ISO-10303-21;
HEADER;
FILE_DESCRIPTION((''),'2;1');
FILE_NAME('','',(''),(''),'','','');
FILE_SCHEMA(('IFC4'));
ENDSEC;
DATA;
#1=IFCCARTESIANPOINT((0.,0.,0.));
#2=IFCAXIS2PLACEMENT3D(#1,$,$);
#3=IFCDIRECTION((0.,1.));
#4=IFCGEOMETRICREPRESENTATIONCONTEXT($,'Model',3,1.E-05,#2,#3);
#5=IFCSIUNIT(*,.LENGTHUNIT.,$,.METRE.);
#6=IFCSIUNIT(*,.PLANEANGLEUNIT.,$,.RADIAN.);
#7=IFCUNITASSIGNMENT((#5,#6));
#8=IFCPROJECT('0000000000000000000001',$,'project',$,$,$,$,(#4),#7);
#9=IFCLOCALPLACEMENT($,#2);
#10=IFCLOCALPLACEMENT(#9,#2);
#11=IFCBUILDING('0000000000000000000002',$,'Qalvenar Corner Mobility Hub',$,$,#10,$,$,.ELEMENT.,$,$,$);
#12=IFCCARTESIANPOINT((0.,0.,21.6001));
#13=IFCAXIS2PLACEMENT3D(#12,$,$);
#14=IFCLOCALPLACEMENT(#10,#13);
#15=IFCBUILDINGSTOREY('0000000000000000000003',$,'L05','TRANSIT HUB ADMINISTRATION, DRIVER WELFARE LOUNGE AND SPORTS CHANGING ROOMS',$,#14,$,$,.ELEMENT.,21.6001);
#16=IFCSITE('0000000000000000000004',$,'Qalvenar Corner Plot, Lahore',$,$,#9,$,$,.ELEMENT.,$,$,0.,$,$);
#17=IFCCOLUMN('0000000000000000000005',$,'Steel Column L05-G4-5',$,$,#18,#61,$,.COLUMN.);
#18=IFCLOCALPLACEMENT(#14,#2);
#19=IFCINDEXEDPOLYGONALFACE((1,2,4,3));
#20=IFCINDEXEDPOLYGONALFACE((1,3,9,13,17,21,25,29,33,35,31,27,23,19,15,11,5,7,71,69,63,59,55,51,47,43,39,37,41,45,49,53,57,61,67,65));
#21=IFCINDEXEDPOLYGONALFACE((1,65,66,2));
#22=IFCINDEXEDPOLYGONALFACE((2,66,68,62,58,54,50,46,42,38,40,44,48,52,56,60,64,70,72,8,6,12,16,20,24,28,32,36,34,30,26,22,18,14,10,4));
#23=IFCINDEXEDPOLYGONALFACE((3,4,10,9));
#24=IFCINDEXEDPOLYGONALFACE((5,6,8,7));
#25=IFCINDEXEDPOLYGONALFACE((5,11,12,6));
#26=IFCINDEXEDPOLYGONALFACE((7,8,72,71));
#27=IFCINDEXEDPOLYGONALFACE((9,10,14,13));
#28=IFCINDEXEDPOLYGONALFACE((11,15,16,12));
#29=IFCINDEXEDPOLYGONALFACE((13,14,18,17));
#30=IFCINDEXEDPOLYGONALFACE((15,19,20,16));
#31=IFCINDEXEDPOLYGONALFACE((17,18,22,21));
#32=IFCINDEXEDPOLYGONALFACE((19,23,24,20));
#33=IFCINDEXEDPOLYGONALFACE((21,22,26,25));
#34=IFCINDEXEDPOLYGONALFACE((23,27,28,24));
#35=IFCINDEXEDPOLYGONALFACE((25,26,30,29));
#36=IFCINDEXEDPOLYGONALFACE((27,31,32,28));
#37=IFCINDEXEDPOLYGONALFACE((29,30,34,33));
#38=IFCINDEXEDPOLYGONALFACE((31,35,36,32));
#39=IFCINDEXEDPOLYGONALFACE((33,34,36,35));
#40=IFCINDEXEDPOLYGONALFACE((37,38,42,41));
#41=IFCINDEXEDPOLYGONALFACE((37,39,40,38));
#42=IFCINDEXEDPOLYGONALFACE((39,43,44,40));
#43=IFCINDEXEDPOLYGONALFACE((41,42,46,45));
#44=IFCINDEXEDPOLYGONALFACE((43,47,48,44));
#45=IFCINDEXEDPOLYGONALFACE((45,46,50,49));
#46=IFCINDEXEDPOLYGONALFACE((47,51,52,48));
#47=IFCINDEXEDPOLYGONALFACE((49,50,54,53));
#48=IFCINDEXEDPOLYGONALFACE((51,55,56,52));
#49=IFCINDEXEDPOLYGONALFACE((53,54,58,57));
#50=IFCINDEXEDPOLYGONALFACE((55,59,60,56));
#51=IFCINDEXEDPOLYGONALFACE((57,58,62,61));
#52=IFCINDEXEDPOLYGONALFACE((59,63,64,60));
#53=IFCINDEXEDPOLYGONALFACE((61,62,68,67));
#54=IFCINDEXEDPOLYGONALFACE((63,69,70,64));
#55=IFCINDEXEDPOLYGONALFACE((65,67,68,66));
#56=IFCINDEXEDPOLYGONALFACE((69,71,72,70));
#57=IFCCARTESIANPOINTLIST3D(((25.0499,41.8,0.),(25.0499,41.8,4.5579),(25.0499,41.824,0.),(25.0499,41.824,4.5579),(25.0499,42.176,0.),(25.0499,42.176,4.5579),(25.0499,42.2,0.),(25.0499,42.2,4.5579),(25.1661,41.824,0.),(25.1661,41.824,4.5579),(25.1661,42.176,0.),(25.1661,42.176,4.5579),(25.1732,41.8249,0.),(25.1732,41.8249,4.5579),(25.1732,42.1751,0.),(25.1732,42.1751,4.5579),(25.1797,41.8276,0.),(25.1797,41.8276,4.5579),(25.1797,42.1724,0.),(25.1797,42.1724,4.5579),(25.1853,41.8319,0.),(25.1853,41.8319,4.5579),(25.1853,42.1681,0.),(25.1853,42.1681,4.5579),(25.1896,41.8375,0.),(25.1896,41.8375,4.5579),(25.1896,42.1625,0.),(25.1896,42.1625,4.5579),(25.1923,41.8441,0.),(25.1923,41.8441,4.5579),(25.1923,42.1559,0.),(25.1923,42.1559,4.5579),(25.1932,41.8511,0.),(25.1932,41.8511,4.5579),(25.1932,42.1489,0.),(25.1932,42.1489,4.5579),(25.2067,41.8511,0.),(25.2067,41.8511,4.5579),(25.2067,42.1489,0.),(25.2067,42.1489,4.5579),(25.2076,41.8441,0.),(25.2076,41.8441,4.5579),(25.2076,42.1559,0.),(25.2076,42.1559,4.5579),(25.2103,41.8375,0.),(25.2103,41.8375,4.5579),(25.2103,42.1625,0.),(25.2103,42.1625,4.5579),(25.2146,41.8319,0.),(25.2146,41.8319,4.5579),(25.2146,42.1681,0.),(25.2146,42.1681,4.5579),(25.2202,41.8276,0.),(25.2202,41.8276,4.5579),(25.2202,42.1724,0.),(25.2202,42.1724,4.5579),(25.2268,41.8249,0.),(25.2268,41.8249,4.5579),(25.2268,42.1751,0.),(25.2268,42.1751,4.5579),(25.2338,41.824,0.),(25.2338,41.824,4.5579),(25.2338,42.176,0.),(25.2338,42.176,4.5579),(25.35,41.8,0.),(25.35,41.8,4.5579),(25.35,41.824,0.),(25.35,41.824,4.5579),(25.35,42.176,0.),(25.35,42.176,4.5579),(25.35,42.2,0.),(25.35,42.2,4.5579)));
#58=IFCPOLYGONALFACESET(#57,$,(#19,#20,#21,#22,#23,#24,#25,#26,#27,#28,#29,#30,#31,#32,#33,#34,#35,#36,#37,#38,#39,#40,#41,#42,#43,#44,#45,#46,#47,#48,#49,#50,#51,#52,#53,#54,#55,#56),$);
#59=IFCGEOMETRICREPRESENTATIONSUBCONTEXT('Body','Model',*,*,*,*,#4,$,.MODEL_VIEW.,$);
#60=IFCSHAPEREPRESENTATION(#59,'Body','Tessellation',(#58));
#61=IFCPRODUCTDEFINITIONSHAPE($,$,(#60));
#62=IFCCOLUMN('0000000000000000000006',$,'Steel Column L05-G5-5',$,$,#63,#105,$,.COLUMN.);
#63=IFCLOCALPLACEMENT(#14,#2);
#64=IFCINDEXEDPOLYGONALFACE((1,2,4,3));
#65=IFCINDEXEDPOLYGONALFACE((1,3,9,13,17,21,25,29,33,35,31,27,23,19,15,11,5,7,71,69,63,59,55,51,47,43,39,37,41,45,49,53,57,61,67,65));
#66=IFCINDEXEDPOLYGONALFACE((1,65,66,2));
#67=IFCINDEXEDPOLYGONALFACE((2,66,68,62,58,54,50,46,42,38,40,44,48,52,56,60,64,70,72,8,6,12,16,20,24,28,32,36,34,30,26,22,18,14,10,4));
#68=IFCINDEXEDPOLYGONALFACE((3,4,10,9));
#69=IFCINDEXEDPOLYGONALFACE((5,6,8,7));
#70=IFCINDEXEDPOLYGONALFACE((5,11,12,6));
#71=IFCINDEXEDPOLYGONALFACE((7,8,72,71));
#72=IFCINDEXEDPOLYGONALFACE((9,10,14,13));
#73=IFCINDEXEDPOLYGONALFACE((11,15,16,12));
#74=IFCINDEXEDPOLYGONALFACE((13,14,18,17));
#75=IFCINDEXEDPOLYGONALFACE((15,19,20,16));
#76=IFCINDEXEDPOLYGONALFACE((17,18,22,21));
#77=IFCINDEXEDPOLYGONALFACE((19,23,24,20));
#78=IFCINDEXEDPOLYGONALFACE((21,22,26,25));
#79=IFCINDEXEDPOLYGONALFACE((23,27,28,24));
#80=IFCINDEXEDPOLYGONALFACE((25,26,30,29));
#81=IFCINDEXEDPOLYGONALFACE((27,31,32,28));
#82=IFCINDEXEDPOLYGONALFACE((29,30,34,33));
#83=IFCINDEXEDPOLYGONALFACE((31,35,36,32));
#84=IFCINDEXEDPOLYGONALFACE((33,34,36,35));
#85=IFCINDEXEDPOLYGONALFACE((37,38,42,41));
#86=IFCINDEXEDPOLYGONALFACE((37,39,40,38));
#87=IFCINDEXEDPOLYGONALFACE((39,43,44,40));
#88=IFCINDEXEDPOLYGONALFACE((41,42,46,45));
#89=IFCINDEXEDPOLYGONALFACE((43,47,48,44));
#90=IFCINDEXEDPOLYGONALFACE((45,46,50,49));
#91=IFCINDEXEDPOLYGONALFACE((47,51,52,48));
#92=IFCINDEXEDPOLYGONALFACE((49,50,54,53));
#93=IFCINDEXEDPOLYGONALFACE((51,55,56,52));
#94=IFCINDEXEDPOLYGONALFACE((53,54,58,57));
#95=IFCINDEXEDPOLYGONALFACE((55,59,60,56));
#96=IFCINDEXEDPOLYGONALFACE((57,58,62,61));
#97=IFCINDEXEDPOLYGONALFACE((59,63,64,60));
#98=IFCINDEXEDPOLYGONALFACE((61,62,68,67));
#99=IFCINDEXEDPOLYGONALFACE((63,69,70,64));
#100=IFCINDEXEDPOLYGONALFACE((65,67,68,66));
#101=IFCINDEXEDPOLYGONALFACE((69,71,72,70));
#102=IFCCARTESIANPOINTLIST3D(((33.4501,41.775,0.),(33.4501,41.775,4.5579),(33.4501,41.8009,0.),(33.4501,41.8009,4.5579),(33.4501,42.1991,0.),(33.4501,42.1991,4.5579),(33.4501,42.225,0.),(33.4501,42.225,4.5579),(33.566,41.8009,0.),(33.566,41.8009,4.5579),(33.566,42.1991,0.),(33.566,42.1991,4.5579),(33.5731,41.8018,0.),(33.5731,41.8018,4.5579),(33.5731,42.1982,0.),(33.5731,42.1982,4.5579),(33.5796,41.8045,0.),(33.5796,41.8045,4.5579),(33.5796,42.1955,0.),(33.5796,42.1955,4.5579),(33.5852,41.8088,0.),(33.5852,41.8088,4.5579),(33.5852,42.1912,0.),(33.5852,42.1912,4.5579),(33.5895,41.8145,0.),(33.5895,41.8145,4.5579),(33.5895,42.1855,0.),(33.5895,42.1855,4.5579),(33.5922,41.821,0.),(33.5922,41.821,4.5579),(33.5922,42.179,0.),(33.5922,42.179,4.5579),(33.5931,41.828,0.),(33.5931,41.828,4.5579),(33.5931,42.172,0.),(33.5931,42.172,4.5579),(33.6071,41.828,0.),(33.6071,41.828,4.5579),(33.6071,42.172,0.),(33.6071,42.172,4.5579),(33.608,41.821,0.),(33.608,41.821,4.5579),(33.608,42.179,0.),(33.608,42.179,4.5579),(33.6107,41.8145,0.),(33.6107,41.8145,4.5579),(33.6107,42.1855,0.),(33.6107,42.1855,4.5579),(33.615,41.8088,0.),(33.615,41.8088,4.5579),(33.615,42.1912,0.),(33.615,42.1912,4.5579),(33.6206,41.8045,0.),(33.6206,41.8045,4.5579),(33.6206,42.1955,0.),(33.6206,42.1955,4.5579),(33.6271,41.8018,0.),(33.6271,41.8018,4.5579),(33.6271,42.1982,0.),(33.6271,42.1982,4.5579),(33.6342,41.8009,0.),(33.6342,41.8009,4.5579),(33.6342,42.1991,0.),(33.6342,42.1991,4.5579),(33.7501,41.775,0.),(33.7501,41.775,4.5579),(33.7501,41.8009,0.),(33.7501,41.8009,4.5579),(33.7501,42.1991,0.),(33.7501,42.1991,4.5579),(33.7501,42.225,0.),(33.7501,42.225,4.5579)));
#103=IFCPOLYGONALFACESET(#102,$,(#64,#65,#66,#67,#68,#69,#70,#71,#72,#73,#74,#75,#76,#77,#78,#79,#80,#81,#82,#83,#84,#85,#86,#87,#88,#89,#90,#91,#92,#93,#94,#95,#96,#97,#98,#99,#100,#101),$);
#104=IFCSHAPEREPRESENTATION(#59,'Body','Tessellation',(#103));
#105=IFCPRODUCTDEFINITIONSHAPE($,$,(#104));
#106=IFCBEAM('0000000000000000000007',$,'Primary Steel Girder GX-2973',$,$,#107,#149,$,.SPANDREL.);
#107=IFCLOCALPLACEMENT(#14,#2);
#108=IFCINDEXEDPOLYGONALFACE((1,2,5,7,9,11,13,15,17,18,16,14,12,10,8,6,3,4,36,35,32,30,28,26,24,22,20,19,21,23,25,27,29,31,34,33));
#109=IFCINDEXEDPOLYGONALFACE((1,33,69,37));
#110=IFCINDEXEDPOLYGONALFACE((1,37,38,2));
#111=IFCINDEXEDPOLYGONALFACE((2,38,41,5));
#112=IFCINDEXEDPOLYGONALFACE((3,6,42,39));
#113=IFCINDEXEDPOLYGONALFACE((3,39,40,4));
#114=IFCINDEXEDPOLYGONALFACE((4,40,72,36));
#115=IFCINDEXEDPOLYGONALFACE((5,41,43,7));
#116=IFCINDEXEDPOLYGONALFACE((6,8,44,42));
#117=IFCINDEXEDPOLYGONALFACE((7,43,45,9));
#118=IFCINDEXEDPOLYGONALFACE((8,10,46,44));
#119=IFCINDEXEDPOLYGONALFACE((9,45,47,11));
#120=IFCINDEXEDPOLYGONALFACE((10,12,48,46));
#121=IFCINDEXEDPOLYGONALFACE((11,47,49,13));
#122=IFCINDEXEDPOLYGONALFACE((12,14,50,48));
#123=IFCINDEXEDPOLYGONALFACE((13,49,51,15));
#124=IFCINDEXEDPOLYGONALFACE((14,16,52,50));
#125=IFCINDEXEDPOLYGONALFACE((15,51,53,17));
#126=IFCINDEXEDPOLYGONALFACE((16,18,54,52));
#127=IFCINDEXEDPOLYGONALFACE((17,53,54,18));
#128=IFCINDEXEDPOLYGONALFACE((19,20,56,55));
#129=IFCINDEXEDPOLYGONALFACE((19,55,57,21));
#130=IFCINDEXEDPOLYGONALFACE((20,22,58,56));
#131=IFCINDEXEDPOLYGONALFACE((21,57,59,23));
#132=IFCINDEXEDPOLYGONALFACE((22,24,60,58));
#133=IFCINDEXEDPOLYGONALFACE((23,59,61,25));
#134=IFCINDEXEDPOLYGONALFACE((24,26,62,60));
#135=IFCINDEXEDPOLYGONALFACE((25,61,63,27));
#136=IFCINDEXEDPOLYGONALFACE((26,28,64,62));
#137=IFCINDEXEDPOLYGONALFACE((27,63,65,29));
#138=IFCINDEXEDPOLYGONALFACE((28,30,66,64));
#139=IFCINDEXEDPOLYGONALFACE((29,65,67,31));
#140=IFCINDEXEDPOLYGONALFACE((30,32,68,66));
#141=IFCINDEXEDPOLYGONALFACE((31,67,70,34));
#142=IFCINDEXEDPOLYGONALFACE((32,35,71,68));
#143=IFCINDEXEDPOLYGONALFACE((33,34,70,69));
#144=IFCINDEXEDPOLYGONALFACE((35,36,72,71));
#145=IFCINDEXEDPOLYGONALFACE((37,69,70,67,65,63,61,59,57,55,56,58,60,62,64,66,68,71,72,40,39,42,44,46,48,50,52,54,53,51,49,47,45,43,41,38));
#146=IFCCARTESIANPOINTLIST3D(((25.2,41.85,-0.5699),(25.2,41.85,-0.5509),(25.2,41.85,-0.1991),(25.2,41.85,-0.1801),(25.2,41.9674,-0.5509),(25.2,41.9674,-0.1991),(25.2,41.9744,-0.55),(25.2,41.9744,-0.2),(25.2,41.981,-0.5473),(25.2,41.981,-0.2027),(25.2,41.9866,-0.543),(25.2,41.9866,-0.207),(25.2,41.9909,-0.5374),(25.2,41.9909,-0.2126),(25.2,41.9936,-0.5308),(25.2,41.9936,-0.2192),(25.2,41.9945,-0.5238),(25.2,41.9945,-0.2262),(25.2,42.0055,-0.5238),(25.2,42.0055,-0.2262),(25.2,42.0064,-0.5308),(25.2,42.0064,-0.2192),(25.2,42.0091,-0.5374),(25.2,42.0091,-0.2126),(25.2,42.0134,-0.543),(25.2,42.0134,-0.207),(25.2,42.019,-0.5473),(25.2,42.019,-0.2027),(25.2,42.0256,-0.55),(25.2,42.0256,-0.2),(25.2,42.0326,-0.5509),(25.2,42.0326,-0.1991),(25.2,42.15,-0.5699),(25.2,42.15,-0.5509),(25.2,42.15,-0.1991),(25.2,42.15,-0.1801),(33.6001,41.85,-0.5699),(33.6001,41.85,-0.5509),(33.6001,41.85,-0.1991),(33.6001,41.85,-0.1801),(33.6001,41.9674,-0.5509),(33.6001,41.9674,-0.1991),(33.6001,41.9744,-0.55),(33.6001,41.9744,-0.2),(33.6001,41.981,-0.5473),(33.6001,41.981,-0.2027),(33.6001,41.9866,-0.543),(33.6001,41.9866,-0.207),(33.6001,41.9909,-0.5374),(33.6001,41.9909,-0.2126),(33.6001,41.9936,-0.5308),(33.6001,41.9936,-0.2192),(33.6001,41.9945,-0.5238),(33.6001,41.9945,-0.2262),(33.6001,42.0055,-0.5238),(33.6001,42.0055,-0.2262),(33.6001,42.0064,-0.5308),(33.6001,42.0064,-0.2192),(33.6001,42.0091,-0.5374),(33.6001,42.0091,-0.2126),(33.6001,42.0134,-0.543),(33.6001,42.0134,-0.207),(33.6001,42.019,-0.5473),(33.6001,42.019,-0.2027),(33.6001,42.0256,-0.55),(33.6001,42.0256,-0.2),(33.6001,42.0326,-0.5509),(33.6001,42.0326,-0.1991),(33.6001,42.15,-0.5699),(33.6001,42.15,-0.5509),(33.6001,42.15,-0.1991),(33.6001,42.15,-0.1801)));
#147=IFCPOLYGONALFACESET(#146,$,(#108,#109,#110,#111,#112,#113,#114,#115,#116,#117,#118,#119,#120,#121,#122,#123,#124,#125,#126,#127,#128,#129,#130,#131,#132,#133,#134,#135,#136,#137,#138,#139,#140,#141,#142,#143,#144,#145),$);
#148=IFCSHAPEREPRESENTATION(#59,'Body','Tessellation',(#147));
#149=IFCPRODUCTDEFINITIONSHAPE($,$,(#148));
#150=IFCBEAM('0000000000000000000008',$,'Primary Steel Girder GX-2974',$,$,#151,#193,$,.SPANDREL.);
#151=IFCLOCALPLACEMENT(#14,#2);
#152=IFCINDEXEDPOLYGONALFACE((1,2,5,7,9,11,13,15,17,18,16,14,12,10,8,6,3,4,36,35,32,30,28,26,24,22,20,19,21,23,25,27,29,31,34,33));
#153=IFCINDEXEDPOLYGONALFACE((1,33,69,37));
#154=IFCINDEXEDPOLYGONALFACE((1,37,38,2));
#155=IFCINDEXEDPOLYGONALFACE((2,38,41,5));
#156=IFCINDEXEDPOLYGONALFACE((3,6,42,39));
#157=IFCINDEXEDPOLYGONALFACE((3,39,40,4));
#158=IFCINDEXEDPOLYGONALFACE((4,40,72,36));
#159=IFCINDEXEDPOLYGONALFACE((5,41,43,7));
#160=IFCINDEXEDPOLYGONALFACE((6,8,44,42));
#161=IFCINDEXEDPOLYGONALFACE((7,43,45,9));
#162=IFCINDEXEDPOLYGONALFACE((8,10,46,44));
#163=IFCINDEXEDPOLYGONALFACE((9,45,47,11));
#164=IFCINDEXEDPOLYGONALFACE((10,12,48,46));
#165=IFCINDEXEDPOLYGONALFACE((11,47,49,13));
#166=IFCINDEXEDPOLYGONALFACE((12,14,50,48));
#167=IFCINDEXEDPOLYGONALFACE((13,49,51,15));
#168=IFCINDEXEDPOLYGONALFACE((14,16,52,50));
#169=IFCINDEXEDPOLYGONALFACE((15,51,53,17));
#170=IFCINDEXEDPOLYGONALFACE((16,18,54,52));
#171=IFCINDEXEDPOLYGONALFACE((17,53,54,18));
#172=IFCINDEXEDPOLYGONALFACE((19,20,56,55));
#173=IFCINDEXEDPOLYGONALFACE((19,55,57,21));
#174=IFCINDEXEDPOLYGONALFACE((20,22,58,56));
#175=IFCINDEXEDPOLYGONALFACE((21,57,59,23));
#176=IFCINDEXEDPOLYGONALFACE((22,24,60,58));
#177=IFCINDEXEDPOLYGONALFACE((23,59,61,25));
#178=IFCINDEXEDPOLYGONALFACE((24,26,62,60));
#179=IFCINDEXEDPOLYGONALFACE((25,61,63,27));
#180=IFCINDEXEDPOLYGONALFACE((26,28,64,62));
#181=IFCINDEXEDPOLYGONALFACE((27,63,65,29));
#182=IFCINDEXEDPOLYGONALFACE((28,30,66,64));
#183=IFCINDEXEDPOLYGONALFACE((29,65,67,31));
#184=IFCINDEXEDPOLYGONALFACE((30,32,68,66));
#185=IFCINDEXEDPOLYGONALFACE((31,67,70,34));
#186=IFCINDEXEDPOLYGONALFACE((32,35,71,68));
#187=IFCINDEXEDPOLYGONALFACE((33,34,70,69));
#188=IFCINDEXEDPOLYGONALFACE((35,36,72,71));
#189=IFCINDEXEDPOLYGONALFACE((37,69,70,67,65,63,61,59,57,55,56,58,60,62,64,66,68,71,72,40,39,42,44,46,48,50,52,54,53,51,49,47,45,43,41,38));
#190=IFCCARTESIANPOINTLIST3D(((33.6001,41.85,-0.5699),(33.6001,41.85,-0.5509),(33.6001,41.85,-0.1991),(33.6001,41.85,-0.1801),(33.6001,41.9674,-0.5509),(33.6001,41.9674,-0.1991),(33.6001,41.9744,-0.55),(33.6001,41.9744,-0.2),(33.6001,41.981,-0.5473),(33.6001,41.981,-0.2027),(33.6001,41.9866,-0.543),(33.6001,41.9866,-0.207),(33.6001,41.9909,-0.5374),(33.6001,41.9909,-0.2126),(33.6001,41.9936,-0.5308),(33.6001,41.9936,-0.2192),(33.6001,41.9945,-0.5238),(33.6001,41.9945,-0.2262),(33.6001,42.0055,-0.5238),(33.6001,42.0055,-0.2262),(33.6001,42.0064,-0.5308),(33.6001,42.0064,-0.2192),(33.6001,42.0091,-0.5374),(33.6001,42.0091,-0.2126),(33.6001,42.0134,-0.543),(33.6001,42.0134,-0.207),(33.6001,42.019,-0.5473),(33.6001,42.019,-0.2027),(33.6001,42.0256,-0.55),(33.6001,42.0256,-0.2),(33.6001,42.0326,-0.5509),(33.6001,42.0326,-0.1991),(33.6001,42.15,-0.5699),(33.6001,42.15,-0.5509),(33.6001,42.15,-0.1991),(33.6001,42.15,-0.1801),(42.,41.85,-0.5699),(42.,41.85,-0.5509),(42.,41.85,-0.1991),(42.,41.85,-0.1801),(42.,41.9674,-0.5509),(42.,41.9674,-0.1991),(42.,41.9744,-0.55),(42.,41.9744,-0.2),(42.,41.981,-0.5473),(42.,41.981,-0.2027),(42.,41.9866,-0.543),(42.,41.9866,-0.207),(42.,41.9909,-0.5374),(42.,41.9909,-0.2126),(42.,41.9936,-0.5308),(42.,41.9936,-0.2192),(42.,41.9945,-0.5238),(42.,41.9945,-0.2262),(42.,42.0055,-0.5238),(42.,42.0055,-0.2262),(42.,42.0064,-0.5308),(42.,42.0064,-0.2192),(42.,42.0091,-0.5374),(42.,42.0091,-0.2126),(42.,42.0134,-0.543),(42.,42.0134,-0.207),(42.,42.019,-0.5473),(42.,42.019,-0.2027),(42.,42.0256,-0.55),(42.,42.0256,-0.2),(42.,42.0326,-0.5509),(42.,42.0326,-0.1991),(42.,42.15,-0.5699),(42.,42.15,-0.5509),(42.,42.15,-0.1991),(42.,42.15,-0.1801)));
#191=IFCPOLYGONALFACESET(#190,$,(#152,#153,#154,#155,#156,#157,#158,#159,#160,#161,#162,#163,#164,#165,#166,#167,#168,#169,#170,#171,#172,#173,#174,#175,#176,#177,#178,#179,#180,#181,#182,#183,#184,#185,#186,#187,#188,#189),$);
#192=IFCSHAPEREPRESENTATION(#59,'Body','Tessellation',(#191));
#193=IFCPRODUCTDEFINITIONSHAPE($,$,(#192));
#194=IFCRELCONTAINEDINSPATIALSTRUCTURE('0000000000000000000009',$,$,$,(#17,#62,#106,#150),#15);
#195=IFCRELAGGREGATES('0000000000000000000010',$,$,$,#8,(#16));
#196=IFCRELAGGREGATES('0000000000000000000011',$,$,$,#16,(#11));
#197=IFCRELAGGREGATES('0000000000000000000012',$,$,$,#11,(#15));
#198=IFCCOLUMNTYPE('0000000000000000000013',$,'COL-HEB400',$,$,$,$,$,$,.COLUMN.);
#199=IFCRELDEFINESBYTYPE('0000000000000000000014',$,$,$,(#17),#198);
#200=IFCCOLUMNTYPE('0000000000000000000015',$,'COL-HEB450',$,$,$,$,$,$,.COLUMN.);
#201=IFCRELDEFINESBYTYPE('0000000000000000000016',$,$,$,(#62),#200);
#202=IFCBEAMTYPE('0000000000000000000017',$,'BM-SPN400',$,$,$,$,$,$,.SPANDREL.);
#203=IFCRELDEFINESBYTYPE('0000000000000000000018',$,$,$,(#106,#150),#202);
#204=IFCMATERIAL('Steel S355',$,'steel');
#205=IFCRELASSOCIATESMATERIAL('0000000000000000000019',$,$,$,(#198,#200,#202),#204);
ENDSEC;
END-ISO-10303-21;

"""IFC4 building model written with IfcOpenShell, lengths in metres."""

from ifc_helpers import new_model, si_unit, direction, frame, origin, origin_2d, place, context, subcontext, project, spatial, i_section, extrude, material, material_profile, profile_set, type_object, element, save


model = new_model("IFC4")

# Units and contexts
model_context = context("Model", 3, precision=1e-05, world=origin(), true_north=direction((0.0, 1.0)))
body_context = subcontext(model_context, "Body", "Model", "MODEL_VIEW")
ifc_project = project(units=[si_unit("LENGTHUNIT", "METRE"), si_unit("PLANEANGLEUNIT", "RADIAN")], contexts=[model_context])

# Site, building, storey
site_placement = place(None, origin())
site = spatial("IfcSite", under=ifc_project, at=site_placement, Name="Qalvenar Corner Plot, Lahore", CompositionType="ELEMENT", RefElevation=0.0)
building_placement = place(site_placement, origin())
building = spatial("IfcBuilding", under=site, at=building_placement, Name="Qalvenar Corner Mobility Hub", CompositionType="ELEMENT")
storey_placement = place(building_placement, frame((0.0, 0.0, 21.6001)))
storey = spatial("IfcBuildingStorey", under=building, at=storey_placement, Name="L05", Description="TRANSIT HUB ADMINISTRATION, DRIVER WELFARE LOUNGE AND SPORTS CHANGING ROOMS", CompositionType="ELEMENT", Elevation=21.6001)

# Columns
ifc_material_1 = material(Name="Steel S355", Category="steel")
ifc_material_profile_1 = material_profile(ifc_material_1, i_section(OverallWidth=0.3, OverallDepth=0.3999, WebThickness=0.0134, FlangeThickness=0.0239, FilletRadius=0.0271, at=origin_2d()), Name="HEB400")
ifc_profile_set_1 = profile_set([ifc_material_profile_1], Name="Steel S355")
column_type_1 = type_object("IfcColumnType", Name="COL-HEB400", PredefinedType="COLUMN", material=ifc_profile_set_1)
column_1_placement = place(storey_placement, frame((25.2, 42.0, 0.0), z_axis=(0.0, 0.0, 1.0), x_axis=(1.0, 0.0, 0.0)))
element("IfcColumn", 1, at=column_1_placement, inside=storey, type_object=column_type_1, Name="Steel Column L05-G4-5", PredefinedType="COLUMN", context=body_context, shape_type="SweptSolid", body=[
    extrude(i_section(OverallWidth=0.3, OverallDepth=0.3999, WebThickness=0.0134, FlangeThickness=0.0239, FilletRadius=0.0271, at=origin_2d()), origin(), (0.0, 0.0, 1.0), 4.5579),
])
ifc_material_profile_2 = material_profile(ifc_material_1, i_section(OverallWidth=0.3, OverallDepth=0.45, WebThickness=0.0139, FlangeThickness=0.0259, FilletRadius=0.0271, at=origin_2d()), Name="HEB450")
ifc_profile_set_2 = profile_set([ifc_material_profile_2], Name="Steel S355")
column_type_2 = type_object("IfcColumnType", Name="COL-HEB450", PredefinedType="COLUMN", material=ifc_profile_set_2)
column_2_placement = place(storey_placement, frame((33.6001, 42.0, 0.0), z_axis=(0.0, 0.0, 1.0), x_axis=(1.0, 0.0, 0.0)))
element("IfcColumn", 2, at=column_2_placement, inside=storey, type_object=column_type_2, Name="Steel Column L05-G5-5", PredefinedType="COLUMN", context=body_context, shape_type="SweptSolid", body=[
    extrude(i_section(OverallWidth=0.3, OverallDepth=0.45, WebThickness=0.0139, FlangeThickness=0.0259, FilletRadius=0.0271, at=origin_2d()), origin(), (0.0, 0.0, 1.0), 4.5579),
])

# Beams
ifc_material_profile_3 = material_profile(ifc_material_1, i_section(OverallWidth=0.3, OverallDepth=0.3899, WebThickness=0.011, FlangeThickness=0.019, FilletRadius=0.0271, at=origin_2d()), Name="HEA400")
ifc_profile_set_3 = profile_set([ifc_material_profile_3], Name="Steel S355")
beam_type = type_object("IfcBeamType", Name="BM-SPN400", PredefinedType="SPANDREL", material=ifc_profile_set_3)
beam_1_placement = place(storey_placement, frame((25.2, 42.0, -0.375), z_axis=(1.0, 0.0, 0.0), x_axis=(0.0, 1.0, 0.0)))
element("IfcBeam", 3, at=beam_1_placement, inside=storey, type_object=beam_type, Name="Primary Steel Girder GX-2973", PredefinedType="SPANDREL", context=body_context, shape_type="SweptSolid", body=[
    extrude(i_section(OverallWidth=0.3, OverallDepth=0.3899, WebThickness=0.011, FlangeThickness=0.019, FilletRadius=0.0271, at=origin_2d()), origin(), (0.0, 0.0, 1.0), 8.4001),
])
beam_2_placement = place(storey_placement, frame((33.6001, 42.0, -0.375), z_axis=(1.0, 0.0, 0.0), x_axis=(0.0, 1.0, 0.0)))
element("IfcBeam", 4, at=beam_2_placement, inside=storey, type_object=beam_type, Name="Primary Steel Girder GX-2974", PredefinedType="SPANDREL", context=body_context, shape_type="SweptSolid", body=[
    extrude(i_section(OverallWidth=0.3, OverallDepth=0.3899, WebThickness=0.011, FlangeThickness=0.019, FilletRadius=0.0271, at=origin_2d()), origin(), (0.0, 0.0, 1.0), 8.3999),
])

save(model, "model.ifc")
